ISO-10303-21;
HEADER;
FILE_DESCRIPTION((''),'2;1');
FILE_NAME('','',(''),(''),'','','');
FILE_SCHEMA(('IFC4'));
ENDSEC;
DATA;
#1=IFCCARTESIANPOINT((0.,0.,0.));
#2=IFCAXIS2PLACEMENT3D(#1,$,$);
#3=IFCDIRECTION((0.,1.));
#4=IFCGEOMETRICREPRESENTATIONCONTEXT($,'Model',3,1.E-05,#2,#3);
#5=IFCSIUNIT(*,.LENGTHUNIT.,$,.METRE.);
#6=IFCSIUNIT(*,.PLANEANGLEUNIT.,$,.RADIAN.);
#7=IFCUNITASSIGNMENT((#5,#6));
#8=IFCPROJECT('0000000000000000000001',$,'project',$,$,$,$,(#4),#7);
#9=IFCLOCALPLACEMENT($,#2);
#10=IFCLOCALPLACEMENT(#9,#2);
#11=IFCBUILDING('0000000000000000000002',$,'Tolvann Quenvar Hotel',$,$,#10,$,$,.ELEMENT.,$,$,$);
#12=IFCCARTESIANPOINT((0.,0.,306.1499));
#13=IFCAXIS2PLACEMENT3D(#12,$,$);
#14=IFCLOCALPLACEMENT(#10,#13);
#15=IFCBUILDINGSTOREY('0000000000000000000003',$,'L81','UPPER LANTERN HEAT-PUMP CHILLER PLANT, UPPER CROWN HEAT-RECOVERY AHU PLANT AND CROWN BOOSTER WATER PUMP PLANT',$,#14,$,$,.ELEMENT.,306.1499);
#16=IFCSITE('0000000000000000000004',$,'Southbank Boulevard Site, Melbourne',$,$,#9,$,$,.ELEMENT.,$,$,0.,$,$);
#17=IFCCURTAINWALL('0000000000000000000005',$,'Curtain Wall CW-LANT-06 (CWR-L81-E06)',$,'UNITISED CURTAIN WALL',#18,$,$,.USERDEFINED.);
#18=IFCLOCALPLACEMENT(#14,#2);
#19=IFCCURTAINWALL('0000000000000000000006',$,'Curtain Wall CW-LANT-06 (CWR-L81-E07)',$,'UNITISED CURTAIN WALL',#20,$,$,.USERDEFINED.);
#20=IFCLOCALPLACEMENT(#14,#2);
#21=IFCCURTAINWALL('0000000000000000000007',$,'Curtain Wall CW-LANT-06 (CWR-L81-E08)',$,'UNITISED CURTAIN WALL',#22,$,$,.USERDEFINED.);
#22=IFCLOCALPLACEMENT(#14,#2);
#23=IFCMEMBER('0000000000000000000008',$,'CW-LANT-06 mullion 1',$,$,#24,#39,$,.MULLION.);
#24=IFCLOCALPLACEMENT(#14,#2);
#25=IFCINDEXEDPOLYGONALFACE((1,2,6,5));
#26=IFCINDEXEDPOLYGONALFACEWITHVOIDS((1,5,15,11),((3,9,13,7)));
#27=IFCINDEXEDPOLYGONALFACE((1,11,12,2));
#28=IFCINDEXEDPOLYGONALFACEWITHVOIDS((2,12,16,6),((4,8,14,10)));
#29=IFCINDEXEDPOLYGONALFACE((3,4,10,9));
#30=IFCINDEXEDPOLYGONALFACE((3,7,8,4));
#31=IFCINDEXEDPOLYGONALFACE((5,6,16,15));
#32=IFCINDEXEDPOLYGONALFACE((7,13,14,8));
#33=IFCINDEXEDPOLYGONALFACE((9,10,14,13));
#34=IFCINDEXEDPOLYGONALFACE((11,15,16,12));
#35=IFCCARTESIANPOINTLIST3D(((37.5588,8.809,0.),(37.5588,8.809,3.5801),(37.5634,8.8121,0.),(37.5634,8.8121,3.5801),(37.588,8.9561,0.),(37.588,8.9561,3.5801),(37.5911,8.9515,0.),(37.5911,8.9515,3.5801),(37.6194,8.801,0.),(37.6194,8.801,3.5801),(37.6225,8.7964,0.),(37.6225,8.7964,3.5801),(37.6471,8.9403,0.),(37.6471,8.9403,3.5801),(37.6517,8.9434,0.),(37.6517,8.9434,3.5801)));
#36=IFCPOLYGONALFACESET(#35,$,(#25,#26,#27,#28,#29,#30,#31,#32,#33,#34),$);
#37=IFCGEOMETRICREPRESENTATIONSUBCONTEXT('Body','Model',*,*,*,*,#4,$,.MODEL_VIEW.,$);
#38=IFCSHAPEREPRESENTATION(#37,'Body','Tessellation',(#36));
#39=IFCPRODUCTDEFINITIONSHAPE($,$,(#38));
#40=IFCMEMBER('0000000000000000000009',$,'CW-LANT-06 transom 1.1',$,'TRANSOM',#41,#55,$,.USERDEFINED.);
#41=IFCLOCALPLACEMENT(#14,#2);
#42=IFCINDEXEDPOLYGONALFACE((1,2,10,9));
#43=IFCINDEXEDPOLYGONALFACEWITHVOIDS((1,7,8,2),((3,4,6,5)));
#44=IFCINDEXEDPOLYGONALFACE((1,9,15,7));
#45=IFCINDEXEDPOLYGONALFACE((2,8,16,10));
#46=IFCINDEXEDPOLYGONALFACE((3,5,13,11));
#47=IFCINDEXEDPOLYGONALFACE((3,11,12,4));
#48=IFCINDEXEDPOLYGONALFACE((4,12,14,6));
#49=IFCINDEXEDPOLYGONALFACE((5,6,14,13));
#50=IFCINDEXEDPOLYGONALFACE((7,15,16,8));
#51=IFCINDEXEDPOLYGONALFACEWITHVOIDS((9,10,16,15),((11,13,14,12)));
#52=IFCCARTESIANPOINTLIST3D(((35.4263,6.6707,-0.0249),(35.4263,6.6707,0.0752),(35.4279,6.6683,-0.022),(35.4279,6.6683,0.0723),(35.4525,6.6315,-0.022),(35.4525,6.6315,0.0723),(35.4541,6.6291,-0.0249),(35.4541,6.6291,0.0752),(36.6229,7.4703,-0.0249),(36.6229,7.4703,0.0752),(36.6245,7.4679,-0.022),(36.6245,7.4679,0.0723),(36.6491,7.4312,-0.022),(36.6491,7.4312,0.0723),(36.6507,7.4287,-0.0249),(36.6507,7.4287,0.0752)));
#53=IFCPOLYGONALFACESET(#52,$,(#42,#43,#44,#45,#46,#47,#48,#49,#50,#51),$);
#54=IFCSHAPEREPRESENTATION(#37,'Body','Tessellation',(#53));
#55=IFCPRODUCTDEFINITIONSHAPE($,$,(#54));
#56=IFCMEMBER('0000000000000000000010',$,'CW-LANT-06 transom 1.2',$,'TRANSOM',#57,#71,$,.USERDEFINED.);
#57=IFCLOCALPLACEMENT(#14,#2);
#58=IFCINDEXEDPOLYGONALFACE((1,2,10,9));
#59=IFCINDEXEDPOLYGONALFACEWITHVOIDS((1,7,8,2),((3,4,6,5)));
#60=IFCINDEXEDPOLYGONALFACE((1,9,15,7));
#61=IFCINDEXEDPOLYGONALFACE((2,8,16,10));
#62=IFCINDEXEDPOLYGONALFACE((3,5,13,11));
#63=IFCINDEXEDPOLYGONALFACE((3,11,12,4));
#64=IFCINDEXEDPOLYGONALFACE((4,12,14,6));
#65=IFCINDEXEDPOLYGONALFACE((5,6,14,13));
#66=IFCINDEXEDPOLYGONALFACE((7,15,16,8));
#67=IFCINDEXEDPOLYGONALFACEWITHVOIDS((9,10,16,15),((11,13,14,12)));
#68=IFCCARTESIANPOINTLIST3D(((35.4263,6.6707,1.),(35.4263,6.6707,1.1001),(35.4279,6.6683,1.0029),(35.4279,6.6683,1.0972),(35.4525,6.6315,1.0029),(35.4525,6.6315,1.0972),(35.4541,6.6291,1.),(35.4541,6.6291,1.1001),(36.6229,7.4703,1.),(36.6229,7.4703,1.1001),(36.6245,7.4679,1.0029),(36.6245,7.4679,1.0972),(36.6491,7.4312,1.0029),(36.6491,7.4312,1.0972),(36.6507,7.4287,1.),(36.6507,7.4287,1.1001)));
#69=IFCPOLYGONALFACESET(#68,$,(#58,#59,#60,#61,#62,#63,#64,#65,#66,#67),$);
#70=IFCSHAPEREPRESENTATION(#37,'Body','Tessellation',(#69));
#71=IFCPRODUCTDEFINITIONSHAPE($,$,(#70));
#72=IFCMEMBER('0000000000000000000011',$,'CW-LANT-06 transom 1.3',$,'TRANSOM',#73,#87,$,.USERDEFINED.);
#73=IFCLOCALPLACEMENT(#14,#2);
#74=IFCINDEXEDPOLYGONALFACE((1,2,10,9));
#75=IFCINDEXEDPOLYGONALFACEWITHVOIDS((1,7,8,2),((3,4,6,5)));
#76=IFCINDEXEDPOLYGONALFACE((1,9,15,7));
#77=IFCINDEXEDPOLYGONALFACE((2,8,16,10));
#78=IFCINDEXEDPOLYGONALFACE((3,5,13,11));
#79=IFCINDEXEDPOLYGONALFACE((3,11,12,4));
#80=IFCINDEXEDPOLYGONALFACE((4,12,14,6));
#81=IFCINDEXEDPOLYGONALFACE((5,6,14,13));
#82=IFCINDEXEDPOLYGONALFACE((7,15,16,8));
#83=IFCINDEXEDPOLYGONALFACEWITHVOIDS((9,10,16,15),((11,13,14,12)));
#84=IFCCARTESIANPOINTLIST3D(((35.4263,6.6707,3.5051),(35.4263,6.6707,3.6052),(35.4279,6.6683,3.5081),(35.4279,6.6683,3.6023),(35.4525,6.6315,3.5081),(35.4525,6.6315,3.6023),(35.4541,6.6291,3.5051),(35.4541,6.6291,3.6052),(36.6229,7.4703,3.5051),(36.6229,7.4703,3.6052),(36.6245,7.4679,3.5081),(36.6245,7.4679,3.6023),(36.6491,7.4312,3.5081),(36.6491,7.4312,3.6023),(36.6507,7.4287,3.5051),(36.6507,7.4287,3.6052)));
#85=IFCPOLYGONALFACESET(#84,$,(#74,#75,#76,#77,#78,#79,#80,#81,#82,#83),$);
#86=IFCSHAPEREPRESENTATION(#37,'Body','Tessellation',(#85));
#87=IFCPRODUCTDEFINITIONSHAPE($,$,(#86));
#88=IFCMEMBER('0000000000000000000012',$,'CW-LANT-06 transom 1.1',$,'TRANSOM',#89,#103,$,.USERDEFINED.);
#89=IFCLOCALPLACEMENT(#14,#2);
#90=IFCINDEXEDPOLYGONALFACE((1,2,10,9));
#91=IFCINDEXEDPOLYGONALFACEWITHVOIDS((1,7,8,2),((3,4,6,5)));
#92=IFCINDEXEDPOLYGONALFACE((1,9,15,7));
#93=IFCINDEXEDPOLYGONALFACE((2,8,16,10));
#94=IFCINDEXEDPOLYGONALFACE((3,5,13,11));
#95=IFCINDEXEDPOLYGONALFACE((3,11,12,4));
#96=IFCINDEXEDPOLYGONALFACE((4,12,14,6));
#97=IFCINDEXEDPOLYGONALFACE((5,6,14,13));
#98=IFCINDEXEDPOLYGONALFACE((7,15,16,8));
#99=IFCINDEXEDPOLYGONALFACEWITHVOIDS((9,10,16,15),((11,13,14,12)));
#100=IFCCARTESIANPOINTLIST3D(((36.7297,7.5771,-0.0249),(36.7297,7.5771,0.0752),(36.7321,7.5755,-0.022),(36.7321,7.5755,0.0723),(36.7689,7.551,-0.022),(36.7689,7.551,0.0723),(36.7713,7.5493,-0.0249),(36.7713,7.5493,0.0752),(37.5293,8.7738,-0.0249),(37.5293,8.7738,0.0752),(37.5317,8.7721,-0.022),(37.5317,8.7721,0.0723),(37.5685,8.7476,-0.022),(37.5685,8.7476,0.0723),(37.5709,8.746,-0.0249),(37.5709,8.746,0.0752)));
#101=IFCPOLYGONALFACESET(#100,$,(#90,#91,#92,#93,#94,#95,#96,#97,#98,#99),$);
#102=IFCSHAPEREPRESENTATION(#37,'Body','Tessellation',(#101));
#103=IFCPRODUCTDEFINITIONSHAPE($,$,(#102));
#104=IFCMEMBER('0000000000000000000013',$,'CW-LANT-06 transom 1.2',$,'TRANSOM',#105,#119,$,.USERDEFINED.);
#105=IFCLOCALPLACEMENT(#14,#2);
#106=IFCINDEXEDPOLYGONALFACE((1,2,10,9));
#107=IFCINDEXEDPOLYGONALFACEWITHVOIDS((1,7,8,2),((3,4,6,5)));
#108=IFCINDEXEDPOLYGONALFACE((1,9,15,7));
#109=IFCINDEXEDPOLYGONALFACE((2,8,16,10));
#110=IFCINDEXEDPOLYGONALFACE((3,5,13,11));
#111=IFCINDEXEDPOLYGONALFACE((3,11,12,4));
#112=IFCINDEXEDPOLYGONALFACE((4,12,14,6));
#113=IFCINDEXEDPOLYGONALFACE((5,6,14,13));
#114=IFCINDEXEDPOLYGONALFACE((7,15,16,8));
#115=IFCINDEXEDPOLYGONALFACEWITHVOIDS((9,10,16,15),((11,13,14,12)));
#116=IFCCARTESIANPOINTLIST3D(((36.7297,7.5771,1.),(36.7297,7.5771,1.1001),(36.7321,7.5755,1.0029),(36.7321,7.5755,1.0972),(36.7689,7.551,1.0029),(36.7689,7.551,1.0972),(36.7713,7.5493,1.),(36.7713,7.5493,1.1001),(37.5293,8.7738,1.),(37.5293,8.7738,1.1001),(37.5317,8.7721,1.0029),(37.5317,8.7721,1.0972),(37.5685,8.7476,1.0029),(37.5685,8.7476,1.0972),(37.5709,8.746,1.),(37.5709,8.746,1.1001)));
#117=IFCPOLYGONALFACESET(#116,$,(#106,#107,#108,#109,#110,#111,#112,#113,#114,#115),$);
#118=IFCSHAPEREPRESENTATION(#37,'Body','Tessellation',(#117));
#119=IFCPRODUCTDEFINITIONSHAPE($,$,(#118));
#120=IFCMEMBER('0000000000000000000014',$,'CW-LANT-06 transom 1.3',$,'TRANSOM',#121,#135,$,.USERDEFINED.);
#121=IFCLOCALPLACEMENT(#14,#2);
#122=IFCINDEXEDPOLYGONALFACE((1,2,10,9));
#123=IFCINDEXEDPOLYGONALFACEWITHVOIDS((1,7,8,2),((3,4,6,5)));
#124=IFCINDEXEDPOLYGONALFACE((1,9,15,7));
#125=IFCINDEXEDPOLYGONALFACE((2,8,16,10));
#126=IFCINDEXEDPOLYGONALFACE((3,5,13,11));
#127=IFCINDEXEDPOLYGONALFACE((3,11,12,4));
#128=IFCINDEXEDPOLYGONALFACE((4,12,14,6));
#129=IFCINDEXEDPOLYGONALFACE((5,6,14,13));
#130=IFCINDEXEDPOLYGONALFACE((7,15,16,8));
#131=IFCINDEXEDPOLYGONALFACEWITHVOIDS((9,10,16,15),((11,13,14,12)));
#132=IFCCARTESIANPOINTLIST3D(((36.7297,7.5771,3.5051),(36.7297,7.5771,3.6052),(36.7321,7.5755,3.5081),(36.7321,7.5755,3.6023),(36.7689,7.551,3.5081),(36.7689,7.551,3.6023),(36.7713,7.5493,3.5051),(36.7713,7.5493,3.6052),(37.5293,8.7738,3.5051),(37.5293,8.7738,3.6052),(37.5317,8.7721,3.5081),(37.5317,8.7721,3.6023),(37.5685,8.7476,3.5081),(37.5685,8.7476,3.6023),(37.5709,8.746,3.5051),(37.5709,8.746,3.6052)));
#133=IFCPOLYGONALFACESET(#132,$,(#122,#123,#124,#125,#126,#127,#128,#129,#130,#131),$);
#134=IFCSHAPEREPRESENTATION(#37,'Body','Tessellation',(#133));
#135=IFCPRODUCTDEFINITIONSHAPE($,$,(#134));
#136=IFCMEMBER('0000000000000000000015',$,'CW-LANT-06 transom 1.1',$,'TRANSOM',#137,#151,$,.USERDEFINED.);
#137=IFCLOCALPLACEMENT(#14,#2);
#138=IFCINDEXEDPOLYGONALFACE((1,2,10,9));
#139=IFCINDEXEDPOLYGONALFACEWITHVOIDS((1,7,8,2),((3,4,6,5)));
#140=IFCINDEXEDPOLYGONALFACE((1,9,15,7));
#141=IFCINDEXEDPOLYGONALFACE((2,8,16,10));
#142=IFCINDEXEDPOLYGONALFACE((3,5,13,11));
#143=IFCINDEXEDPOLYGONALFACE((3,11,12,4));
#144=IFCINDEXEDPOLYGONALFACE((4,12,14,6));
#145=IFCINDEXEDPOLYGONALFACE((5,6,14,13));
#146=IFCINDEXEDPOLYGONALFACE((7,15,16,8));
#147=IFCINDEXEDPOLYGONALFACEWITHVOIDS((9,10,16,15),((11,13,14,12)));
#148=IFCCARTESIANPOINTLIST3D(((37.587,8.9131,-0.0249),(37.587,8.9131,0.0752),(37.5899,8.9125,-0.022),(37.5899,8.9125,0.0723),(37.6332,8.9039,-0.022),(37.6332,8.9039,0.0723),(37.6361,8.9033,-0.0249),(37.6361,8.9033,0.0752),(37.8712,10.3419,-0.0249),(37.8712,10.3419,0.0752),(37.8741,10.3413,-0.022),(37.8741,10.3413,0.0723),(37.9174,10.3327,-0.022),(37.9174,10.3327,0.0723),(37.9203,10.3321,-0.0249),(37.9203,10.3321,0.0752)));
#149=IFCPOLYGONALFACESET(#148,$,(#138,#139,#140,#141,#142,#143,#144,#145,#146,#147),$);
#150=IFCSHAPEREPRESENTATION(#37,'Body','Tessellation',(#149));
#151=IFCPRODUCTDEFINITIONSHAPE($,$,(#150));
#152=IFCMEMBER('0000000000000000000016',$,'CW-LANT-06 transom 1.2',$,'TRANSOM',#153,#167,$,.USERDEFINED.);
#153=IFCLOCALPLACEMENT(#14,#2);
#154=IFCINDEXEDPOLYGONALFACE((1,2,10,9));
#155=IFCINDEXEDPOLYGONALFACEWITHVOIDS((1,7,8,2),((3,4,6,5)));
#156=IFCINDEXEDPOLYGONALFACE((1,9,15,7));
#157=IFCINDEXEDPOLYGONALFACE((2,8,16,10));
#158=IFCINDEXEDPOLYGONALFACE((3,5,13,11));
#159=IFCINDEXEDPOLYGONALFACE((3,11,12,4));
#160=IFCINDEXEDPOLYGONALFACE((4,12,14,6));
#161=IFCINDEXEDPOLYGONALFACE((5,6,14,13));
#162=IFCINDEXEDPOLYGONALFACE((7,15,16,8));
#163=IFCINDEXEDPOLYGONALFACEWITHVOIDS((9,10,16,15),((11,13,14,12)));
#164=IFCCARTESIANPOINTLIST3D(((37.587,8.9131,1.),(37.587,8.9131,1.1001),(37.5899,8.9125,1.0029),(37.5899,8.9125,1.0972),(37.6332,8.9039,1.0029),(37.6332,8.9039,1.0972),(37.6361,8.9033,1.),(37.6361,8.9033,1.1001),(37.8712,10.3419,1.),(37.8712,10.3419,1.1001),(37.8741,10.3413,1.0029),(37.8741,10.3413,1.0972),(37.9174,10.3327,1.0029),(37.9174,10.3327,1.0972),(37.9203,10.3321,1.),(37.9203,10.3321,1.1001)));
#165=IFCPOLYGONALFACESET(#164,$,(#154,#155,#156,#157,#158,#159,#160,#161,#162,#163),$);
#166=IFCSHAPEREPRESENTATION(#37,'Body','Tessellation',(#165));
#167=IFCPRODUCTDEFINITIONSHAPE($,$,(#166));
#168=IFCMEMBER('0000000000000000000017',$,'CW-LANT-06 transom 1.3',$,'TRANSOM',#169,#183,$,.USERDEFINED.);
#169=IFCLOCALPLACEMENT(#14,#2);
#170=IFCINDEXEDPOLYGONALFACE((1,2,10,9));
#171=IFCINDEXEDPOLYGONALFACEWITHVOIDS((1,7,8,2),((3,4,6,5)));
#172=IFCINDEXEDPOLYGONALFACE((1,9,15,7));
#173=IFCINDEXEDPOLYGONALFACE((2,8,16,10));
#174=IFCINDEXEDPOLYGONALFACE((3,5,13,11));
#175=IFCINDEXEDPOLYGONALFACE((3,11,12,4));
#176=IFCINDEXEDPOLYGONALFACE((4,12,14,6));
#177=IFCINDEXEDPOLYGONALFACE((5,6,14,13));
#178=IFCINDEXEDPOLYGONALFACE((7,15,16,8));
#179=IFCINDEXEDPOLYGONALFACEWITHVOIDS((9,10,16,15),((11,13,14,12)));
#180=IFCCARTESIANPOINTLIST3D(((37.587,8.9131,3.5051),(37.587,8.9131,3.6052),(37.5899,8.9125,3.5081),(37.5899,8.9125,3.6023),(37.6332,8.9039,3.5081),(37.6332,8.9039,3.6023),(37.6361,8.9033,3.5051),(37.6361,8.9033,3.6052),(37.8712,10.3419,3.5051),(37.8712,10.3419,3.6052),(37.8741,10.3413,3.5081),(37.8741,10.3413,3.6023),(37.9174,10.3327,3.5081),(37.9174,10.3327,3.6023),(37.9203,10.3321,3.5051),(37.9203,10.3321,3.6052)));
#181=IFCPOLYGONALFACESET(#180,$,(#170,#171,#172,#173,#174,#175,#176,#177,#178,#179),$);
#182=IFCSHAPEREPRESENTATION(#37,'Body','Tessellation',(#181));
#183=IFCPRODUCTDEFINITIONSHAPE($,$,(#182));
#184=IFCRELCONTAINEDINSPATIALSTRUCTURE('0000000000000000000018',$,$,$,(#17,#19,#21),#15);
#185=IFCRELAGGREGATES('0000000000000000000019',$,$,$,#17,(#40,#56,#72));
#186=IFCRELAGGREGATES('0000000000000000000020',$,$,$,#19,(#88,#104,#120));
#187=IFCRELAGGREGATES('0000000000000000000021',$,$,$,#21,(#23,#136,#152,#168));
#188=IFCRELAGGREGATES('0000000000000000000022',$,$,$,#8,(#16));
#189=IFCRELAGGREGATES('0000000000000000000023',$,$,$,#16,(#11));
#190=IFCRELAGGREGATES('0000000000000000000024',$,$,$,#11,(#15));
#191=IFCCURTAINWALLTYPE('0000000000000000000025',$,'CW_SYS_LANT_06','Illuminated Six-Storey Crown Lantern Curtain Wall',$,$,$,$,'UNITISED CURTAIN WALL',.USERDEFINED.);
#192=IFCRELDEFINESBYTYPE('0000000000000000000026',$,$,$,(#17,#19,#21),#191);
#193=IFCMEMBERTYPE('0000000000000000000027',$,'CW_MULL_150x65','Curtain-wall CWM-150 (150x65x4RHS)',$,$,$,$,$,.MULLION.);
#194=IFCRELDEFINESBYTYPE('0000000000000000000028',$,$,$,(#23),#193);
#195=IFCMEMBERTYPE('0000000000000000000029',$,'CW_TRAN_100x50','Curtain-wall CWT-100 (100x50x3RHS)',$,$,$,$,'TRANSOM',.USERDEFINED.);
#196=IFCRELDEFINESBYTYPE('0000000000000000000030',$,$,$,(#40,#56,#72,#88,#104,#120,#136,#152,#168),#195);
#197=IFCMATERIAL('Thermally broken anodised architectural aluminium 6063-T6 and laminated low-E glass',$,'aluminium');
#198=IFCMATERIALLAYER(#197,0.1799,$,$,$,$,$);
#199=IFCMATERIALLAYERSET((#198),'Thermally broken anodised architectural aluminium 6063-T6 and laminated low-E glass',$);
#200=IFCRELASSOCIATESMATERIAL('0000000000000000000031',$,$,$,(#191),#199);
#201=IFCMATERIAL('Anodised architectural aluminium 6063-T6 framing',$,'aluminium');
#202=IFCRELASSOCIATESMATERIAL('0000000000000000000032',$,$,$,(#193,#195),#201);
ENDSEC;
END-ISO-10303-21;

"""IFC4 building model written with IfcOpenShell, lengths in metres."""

from ifc_helpers import new_model, si_unit, direction, frame, origin, origin_2d, place, context, subcontext, project, spatial, hollow_rectangle, extrude, source, transform, mapped, material, layer, layer_set, material_profile, profile_set, type_object, type_shapes, element, aggregate, save


model = new_model("IFC4")

# Units and contexts
model_context = context("Model", 3, precision=1e-05, world=origin(), true_north=direction((0.0, 1.0)))
body_context = subcontext(model_context, "Body", "Model", "MODEL_VIEW")
ifc_project = project(units=[si_unit("LENGTHUNIT", "METRE"), si_unit("PLANEANGLEUNIT", "RADIAN")], contexts=[model_context])

# Site, building, storey
site_placement = place(None, origin())
site = spatial("IfcSite", under=ifc_project, at=site_placement, Name="Southbank Boulevard Site, Melbourne", CompositionType="ELEMENT", RefElevation=0.0)
building_placement = place(site_placement, origin())
building = spatial("IfcBuilding", under=site, at=building_placement, Name="Tolvann Quenvar Hotel", CompositionType="ELEMENT")
storey_placement = place(building_placement, frame((0.0, 0.0, 306.1499)))
storey = spatial("IfcBuildingStorey", under=building, at=storey_placement, Name="L81", Description="UPPER LANTERN HEAT-PUMP CHILLER PLANT, UPPER CROWN HEAT-RECOVERY AHU PLANT AND CROWN BOOSTER WATER PUMP PLANT", CompositionType="ELEMENT", Elevation=306.1499)

# Shared definitions
ifc_material_1 = material(Name="Thermally broken anodised architectural aluminium 6063-T6 and laminated low-E glass", Category="aluminium")
ifc_layer_1 = layer(ifc_material_1, 0.1799)
ifc_layer_set_1 = layer_set([ifc_layer_1], Name="Thermally broken anodised architectural aluminium 6063-T6 and laminated low-E glass")
curtain_wall_type = type_object("IfcCurtainWallType", Name="CW_SYS_LANT_06", Description="Illuminated Six-Storey Crown Lantern Curtain Wall", ElementType="UNITISED CURTAIN WALL", PredefinedType="USERDEFINED", material=ifc_layer_set_1)
ifc_material_2 = material(Name="Anodised architectural aluminium 6063-T6 framing", Category="aluminium")
ifc_material_profile_1 = material_profile(ifc_material_2, hollow_rectangle(XDim=0.0649, YDim=0.1499, WallThickness=0.0039, at=origin_2d()), Name="150x65x4RHS")
ifc_profile_set_1 = profile_set([ifc_material_profile_1], Name="Anodised architectural aluminium 6063-T6 framing")
member_type_1 = type_object("IfcMemberType", Name="CW_MULL_150x65", Description="Curtain-wall CWM-150 (150x65x4RHS)", PredefinedType="MULLION", material=ifc_profile_set_1)
shared_shape_1 = source(origin(), body_context, "Body", "SweptSolid", [
    extrude(hollow_rectangle(XDim=0.0649, YDim=0.1499, WallThickness=0.0039, at=origin_2d()), origin(), (0.0, 0.0, 1.0), 3.5801),
])
type_shapes(member_type_1, [shared_shape_1])

# Curtain walls
curtain_wall_1_placement = place(storey_placement, origin())
curtain_wall_1 = element("IfcCurtainWall", 1, at=curtain_wall_1_placement, inside=storey, type_object=curtain_wall_type, Name="Curtain Wall CW-LANT-06 (CWR-L81-E06)", ObjectType="UNITISED CURTAIN WALL", PredefinedType="USERDEFINED")
curtain_wall_2_placement = place(storey_placement, origin())
curtain_wall_2 = element("IfcCurtainWall", 2, at=curtain_wall_2_placement, inside=storey, type_object=curtain_wall_type, Name="Curtain Wall CW-LANT-06 (CWR-L81-E07)", ObjectType="UNITISED CURTAIN WALL", PredefinedType="USERDEFINED")

# Curtain wall, member
curtain_wall_3_placement = place(storey_placement, origin())
curtain_wall_3 = element("IfcCurtainWall", 3, at=curtain_wall_3_placement, inside=storey, type_object=curtain_wall_type, Name="Curtain Wall CW-LANT-06 (CWR-L81-E08)", ObjectType="UNITISED CURTAIN WALL", PredefinedType="USERDEFINED")
member_1_placement = place(storey_placement, frame((37.6052, 8.8762, 0.0), z_axis=(0.0, 0.0, 1.0), x_axis=(-0.980791, 0.195062, 0.0)))
member_1 = element("IfcMember", 4, at=member_1_placement, type_object=member_type_1, Name="CW-LANT-06 mullion 1", PredefinedType="MULLION", context=body_context, shape_type="MappedRepresentation", body=[
    mapped(shared_shape_1, transform((0.0, 0.0, 0.0), x_axis=(1.0, 0.0, 0.0), y_axis=(0.0, 1.0, 0.0), z_axis=(0.0, 0.0, 1.0), scale=1.0)),
])

# Members
ifc_material_profile_2 = material_profile(ifc_material_2, hollow_rectangle(XDim=0.05, YDim=0.1001, WallThickness=0.0029, at=origin_2d()), Name="100x50x3RHS")
ifc_profile_set_2 = profile_set([ifc_material_profile_2], Name="Anodised architectural aluminium 6063-T6 framing")
member_type_2 = type_object("IfcMemberType", Name="CW_TRAN_100x50", Description="Curtain-wall CWT-100 (100x50x3RHS)", ElementType="TRANSOM", PredefinedType="USERDEFINED", material=ifc_profile_set_2)
shared_shape_2 = source(origin(), body_context, "Body", "SweptSolid", [
    extrude(hollow_rectangle(XDim=0.05, YDim=0.1001, WallThickness=0.0029, at=origin_2d()), origin(), (0.0, 0.0, 1.0), 1.4392),
])
member_2_placement = place(storey_placement, frame((35.4402, 6.6499, 0.0251), z_axis=(0.83145, 0.5556, 0.0), x_axis=(-0.5556, 0.83145, 0.0)))
member_2 = element("IfcMember", 5, at=member_2_placement, type_object=member_type_2, Name="CW-LANT-06 transom 1.1", ObjectType="TRANSOM", PredefinedType="USERDEFINED", context=body_context, shape_type="MappedRepresentation", body=[
    mapped(shared_shape_2, transform((0.0, 0.0, 0.0), x_axis=(1.0, 0.0, 0.0), y_axis=(0.0, 1.0, 0.0), z_axis=(0.0, 0.0, 1.0), scale=1.0)),
])
member_3_placement = place(storey_placement, frame((35.4402, 6.6499, 1.05), z_axis=(0.83145, 0.5556, 0.0), x_axis=(-0.5556, 0.83145, 0.0)))
member_3 = element("IfcMember", 6, at=member_3_placement, type_object=member_type_2, Name="CW-LANT-06 transom 1.2", ObjectType="TRANSOM", PredefinedType="USERDEFINED", context=body_context, shape_type="MappedRepresentation", body=[
    mapped(shared_shape_2, transform((0.0, 0.0, 0.0), x_axis=(1.0, 0.0, 0.0), y_axis=(0.0, 1.0, 0.0), z_axis=(0.0, 0.0, 1.0), scale=1.0)),
])
member_4_placement = place(storey_placement, frame((35.4402, 6.6499, 3.5552), z_axis=(0.83145, 0.5556, 0.0), x_axis=(-0.5556, 0.83145, 0.0)))
member_4 = element("IfcMember", 7, at=member_4_placement, type_object=member_type_2, Name="CW-LANT-06 transom 1.3", ObjectType="TRANSOM", PredefinedType="USERDEFINED", context=body_context, shape_type="MappedRepresentation", body=[
    mapped(shared_shape_2, transform((0.0, 0.0, 0.0), x_axis=(1.0, 0.0, 0.0), y_axis=(0.0, 1.0, 0.0), z_axis=(0.0, 0.0, 1.0), scale=1.0)),
])
member_5_placement = place(storey_placement, frame((36.7505, 7.5632, 0.0251), z_axis=(0.5556, 0.83145, 0.0), x_axis=(-0.83145, 0.5556, 0.0)))
member_5 = element("IfcMember", 8, at=member_5_placement, type_object=member_type_2, Name="CW-LANT-06 transom 1.1", ObjectType="TRANSOM", PredefinedType="USERDEFINED", context=body_context, shape_type="MappedRepresentation", body=[
    mapped(shared_shape_2, transform((0.0, 0.0, 0.0), x_axis=(1.0, 0.0, 0.0), y_axis=(0.0, 1.0, 0.0), z_axis=(0.0, 0.0, 1.0), scale=1.0)),
])
member_6_placement = place(storey_placement, frame((36.7505, 7.5632, 1.05), z_axis=(0.5556, 0.83145, 0.0), x_axis=(-0.83145, 0.5556, 0.0)))
member_6 = element("IfcMember", 9, at=member_6_placement, type_object=member_type_2, Name="CW-LANT-06 transom 1.2", ObjectType="TRANSOM", PredefinedType="USERDEFINED", context=body_context, shape_type="MappedRepresentation", body=[
    mapped(shared_shape_2, transform((0.0, 0.0, 0.0), x_axis=(1.0, 0.0, 0.0), y_axis=(0.0, 1.0, 0.0), z_axis=(0.0, 0.0, 1.0), scale=1.0)),
])
member_7_placement = place(storey_placement, frame((36.7505, 7.5632, 3.5552), z_axis=(0.5556, 0.83145, 0.0), x_axis=(-0.83145, 0.5556, 0.0)))
member_7 = element("IfcMember", 10, at=member_7_placement, type_object=member_type_2, Name="CW-LANT-06 transom 1.3", ObjectType="TRANSOM", PredefinedType="USERDEFINED", context=body_context, shape_type="MappedRepresentation", body=[
    mapped(shared_shape_2, transform((0.0, 0.0, 0.0), x_axis=(1.0, 0.0, 0.0), y_axis=(0.0, 1.0, 0.0), z_axis=(0.0, 0.0, 1.0), scale=1.0)),
])
shared_shape_3 = source(origin(), body_context, "Body", "SweptSolid", [
    extrude(hollow_rectangle(XDim=0.05, YDim=0.1001, WallThickness=0.0029, at=origin_2d()), origin(), (0.0, 0.0, 1.0), 1.4568),
])
type_shapes(member_type_2, [shared_shape_2, shared_shape_3])
member_8_placement = place(storey_placement, frame((37.6116, 8.9082, 0.0251), z_axis=(0.195085, 0.980786, 0.0), x_axis=(-0.980786, 0.195085, 0.0)))
member_8 = element("IfcMember", 11, at=member_8_placement, type_object=member_type_2, Name="CW-LANT-06 transom 1.1", ObjectType="TRANSOM", PredefinedType="USERDEFINED", context=body_context, shape_type="MappedRepresentation", body=[
    mapped(shared_shape_3, transform((0.0, 0.0, 0.0), x_axis=(1.0, 0.0, 0.0), y_axis=(0.0, 1.0, 0.0), z_axis=(0.0, 0.0, 1.0), scale=1.0)),
])
member_9_placement = place(storey_placement, frame((37.6116, 8.9082, 1.05), z_axis=(0.195085, 0.980786, 0.0), x_axis=(-0.980786, 0.195085, 0.0)))
member_9 = element("IfcMember", 12, at=member_9_placement, type_object=member_type_2, Name="CW-LANT-06 transom 1.2", ObjectType="TRANSOM", PredefinedType="USERDEFINED", context=body_context, shape_type="MappedRepresentation", body=[
    mapped(shared_shape_3, transform((0.0, 0.0, 0.0), x_axis=(1.0, 0.0, 0.0), y_axis=(0.0, 1.0, 0.0), z_axis=(0.0, 0.0, 1.0), scale=1.0)),
])
member_10_placement = place(storey_placement, frame((37.6116, 8.9082, 3.5552), z_axis=(0.195085, 0.980786, 0.0), x_axis=(-0.980786, 0.195085, 0.0)))
member_10 = element("IfcMember", 13, at=member_10_placement, type_object=member_type_2, Name="CW-LANT-06 transom 1.3", ObjectType="TRANSOM", PredefinedType="USERDEFINED", context=body_context, shape_type="MappedRepresentation", body=[
    mapped(shared_shape_3, transform((0.0, 0.0, 0.0), x_axis=(1.0, 0.0, 0.0), y_axis=(0.0, 1.0, 0.0), z_axis=(0.0, 0.0, 1.0), scale=1.0)),
])

aggregate(curtain_wall_1, [member_2, member_3, member_4])
aggregate(curtain_wall_2, [member_5, member_6, member_7])
aggregate(curtain_wall_3, [member_1, member_8, member_9, member_10])

save(model, "model.ifc")
